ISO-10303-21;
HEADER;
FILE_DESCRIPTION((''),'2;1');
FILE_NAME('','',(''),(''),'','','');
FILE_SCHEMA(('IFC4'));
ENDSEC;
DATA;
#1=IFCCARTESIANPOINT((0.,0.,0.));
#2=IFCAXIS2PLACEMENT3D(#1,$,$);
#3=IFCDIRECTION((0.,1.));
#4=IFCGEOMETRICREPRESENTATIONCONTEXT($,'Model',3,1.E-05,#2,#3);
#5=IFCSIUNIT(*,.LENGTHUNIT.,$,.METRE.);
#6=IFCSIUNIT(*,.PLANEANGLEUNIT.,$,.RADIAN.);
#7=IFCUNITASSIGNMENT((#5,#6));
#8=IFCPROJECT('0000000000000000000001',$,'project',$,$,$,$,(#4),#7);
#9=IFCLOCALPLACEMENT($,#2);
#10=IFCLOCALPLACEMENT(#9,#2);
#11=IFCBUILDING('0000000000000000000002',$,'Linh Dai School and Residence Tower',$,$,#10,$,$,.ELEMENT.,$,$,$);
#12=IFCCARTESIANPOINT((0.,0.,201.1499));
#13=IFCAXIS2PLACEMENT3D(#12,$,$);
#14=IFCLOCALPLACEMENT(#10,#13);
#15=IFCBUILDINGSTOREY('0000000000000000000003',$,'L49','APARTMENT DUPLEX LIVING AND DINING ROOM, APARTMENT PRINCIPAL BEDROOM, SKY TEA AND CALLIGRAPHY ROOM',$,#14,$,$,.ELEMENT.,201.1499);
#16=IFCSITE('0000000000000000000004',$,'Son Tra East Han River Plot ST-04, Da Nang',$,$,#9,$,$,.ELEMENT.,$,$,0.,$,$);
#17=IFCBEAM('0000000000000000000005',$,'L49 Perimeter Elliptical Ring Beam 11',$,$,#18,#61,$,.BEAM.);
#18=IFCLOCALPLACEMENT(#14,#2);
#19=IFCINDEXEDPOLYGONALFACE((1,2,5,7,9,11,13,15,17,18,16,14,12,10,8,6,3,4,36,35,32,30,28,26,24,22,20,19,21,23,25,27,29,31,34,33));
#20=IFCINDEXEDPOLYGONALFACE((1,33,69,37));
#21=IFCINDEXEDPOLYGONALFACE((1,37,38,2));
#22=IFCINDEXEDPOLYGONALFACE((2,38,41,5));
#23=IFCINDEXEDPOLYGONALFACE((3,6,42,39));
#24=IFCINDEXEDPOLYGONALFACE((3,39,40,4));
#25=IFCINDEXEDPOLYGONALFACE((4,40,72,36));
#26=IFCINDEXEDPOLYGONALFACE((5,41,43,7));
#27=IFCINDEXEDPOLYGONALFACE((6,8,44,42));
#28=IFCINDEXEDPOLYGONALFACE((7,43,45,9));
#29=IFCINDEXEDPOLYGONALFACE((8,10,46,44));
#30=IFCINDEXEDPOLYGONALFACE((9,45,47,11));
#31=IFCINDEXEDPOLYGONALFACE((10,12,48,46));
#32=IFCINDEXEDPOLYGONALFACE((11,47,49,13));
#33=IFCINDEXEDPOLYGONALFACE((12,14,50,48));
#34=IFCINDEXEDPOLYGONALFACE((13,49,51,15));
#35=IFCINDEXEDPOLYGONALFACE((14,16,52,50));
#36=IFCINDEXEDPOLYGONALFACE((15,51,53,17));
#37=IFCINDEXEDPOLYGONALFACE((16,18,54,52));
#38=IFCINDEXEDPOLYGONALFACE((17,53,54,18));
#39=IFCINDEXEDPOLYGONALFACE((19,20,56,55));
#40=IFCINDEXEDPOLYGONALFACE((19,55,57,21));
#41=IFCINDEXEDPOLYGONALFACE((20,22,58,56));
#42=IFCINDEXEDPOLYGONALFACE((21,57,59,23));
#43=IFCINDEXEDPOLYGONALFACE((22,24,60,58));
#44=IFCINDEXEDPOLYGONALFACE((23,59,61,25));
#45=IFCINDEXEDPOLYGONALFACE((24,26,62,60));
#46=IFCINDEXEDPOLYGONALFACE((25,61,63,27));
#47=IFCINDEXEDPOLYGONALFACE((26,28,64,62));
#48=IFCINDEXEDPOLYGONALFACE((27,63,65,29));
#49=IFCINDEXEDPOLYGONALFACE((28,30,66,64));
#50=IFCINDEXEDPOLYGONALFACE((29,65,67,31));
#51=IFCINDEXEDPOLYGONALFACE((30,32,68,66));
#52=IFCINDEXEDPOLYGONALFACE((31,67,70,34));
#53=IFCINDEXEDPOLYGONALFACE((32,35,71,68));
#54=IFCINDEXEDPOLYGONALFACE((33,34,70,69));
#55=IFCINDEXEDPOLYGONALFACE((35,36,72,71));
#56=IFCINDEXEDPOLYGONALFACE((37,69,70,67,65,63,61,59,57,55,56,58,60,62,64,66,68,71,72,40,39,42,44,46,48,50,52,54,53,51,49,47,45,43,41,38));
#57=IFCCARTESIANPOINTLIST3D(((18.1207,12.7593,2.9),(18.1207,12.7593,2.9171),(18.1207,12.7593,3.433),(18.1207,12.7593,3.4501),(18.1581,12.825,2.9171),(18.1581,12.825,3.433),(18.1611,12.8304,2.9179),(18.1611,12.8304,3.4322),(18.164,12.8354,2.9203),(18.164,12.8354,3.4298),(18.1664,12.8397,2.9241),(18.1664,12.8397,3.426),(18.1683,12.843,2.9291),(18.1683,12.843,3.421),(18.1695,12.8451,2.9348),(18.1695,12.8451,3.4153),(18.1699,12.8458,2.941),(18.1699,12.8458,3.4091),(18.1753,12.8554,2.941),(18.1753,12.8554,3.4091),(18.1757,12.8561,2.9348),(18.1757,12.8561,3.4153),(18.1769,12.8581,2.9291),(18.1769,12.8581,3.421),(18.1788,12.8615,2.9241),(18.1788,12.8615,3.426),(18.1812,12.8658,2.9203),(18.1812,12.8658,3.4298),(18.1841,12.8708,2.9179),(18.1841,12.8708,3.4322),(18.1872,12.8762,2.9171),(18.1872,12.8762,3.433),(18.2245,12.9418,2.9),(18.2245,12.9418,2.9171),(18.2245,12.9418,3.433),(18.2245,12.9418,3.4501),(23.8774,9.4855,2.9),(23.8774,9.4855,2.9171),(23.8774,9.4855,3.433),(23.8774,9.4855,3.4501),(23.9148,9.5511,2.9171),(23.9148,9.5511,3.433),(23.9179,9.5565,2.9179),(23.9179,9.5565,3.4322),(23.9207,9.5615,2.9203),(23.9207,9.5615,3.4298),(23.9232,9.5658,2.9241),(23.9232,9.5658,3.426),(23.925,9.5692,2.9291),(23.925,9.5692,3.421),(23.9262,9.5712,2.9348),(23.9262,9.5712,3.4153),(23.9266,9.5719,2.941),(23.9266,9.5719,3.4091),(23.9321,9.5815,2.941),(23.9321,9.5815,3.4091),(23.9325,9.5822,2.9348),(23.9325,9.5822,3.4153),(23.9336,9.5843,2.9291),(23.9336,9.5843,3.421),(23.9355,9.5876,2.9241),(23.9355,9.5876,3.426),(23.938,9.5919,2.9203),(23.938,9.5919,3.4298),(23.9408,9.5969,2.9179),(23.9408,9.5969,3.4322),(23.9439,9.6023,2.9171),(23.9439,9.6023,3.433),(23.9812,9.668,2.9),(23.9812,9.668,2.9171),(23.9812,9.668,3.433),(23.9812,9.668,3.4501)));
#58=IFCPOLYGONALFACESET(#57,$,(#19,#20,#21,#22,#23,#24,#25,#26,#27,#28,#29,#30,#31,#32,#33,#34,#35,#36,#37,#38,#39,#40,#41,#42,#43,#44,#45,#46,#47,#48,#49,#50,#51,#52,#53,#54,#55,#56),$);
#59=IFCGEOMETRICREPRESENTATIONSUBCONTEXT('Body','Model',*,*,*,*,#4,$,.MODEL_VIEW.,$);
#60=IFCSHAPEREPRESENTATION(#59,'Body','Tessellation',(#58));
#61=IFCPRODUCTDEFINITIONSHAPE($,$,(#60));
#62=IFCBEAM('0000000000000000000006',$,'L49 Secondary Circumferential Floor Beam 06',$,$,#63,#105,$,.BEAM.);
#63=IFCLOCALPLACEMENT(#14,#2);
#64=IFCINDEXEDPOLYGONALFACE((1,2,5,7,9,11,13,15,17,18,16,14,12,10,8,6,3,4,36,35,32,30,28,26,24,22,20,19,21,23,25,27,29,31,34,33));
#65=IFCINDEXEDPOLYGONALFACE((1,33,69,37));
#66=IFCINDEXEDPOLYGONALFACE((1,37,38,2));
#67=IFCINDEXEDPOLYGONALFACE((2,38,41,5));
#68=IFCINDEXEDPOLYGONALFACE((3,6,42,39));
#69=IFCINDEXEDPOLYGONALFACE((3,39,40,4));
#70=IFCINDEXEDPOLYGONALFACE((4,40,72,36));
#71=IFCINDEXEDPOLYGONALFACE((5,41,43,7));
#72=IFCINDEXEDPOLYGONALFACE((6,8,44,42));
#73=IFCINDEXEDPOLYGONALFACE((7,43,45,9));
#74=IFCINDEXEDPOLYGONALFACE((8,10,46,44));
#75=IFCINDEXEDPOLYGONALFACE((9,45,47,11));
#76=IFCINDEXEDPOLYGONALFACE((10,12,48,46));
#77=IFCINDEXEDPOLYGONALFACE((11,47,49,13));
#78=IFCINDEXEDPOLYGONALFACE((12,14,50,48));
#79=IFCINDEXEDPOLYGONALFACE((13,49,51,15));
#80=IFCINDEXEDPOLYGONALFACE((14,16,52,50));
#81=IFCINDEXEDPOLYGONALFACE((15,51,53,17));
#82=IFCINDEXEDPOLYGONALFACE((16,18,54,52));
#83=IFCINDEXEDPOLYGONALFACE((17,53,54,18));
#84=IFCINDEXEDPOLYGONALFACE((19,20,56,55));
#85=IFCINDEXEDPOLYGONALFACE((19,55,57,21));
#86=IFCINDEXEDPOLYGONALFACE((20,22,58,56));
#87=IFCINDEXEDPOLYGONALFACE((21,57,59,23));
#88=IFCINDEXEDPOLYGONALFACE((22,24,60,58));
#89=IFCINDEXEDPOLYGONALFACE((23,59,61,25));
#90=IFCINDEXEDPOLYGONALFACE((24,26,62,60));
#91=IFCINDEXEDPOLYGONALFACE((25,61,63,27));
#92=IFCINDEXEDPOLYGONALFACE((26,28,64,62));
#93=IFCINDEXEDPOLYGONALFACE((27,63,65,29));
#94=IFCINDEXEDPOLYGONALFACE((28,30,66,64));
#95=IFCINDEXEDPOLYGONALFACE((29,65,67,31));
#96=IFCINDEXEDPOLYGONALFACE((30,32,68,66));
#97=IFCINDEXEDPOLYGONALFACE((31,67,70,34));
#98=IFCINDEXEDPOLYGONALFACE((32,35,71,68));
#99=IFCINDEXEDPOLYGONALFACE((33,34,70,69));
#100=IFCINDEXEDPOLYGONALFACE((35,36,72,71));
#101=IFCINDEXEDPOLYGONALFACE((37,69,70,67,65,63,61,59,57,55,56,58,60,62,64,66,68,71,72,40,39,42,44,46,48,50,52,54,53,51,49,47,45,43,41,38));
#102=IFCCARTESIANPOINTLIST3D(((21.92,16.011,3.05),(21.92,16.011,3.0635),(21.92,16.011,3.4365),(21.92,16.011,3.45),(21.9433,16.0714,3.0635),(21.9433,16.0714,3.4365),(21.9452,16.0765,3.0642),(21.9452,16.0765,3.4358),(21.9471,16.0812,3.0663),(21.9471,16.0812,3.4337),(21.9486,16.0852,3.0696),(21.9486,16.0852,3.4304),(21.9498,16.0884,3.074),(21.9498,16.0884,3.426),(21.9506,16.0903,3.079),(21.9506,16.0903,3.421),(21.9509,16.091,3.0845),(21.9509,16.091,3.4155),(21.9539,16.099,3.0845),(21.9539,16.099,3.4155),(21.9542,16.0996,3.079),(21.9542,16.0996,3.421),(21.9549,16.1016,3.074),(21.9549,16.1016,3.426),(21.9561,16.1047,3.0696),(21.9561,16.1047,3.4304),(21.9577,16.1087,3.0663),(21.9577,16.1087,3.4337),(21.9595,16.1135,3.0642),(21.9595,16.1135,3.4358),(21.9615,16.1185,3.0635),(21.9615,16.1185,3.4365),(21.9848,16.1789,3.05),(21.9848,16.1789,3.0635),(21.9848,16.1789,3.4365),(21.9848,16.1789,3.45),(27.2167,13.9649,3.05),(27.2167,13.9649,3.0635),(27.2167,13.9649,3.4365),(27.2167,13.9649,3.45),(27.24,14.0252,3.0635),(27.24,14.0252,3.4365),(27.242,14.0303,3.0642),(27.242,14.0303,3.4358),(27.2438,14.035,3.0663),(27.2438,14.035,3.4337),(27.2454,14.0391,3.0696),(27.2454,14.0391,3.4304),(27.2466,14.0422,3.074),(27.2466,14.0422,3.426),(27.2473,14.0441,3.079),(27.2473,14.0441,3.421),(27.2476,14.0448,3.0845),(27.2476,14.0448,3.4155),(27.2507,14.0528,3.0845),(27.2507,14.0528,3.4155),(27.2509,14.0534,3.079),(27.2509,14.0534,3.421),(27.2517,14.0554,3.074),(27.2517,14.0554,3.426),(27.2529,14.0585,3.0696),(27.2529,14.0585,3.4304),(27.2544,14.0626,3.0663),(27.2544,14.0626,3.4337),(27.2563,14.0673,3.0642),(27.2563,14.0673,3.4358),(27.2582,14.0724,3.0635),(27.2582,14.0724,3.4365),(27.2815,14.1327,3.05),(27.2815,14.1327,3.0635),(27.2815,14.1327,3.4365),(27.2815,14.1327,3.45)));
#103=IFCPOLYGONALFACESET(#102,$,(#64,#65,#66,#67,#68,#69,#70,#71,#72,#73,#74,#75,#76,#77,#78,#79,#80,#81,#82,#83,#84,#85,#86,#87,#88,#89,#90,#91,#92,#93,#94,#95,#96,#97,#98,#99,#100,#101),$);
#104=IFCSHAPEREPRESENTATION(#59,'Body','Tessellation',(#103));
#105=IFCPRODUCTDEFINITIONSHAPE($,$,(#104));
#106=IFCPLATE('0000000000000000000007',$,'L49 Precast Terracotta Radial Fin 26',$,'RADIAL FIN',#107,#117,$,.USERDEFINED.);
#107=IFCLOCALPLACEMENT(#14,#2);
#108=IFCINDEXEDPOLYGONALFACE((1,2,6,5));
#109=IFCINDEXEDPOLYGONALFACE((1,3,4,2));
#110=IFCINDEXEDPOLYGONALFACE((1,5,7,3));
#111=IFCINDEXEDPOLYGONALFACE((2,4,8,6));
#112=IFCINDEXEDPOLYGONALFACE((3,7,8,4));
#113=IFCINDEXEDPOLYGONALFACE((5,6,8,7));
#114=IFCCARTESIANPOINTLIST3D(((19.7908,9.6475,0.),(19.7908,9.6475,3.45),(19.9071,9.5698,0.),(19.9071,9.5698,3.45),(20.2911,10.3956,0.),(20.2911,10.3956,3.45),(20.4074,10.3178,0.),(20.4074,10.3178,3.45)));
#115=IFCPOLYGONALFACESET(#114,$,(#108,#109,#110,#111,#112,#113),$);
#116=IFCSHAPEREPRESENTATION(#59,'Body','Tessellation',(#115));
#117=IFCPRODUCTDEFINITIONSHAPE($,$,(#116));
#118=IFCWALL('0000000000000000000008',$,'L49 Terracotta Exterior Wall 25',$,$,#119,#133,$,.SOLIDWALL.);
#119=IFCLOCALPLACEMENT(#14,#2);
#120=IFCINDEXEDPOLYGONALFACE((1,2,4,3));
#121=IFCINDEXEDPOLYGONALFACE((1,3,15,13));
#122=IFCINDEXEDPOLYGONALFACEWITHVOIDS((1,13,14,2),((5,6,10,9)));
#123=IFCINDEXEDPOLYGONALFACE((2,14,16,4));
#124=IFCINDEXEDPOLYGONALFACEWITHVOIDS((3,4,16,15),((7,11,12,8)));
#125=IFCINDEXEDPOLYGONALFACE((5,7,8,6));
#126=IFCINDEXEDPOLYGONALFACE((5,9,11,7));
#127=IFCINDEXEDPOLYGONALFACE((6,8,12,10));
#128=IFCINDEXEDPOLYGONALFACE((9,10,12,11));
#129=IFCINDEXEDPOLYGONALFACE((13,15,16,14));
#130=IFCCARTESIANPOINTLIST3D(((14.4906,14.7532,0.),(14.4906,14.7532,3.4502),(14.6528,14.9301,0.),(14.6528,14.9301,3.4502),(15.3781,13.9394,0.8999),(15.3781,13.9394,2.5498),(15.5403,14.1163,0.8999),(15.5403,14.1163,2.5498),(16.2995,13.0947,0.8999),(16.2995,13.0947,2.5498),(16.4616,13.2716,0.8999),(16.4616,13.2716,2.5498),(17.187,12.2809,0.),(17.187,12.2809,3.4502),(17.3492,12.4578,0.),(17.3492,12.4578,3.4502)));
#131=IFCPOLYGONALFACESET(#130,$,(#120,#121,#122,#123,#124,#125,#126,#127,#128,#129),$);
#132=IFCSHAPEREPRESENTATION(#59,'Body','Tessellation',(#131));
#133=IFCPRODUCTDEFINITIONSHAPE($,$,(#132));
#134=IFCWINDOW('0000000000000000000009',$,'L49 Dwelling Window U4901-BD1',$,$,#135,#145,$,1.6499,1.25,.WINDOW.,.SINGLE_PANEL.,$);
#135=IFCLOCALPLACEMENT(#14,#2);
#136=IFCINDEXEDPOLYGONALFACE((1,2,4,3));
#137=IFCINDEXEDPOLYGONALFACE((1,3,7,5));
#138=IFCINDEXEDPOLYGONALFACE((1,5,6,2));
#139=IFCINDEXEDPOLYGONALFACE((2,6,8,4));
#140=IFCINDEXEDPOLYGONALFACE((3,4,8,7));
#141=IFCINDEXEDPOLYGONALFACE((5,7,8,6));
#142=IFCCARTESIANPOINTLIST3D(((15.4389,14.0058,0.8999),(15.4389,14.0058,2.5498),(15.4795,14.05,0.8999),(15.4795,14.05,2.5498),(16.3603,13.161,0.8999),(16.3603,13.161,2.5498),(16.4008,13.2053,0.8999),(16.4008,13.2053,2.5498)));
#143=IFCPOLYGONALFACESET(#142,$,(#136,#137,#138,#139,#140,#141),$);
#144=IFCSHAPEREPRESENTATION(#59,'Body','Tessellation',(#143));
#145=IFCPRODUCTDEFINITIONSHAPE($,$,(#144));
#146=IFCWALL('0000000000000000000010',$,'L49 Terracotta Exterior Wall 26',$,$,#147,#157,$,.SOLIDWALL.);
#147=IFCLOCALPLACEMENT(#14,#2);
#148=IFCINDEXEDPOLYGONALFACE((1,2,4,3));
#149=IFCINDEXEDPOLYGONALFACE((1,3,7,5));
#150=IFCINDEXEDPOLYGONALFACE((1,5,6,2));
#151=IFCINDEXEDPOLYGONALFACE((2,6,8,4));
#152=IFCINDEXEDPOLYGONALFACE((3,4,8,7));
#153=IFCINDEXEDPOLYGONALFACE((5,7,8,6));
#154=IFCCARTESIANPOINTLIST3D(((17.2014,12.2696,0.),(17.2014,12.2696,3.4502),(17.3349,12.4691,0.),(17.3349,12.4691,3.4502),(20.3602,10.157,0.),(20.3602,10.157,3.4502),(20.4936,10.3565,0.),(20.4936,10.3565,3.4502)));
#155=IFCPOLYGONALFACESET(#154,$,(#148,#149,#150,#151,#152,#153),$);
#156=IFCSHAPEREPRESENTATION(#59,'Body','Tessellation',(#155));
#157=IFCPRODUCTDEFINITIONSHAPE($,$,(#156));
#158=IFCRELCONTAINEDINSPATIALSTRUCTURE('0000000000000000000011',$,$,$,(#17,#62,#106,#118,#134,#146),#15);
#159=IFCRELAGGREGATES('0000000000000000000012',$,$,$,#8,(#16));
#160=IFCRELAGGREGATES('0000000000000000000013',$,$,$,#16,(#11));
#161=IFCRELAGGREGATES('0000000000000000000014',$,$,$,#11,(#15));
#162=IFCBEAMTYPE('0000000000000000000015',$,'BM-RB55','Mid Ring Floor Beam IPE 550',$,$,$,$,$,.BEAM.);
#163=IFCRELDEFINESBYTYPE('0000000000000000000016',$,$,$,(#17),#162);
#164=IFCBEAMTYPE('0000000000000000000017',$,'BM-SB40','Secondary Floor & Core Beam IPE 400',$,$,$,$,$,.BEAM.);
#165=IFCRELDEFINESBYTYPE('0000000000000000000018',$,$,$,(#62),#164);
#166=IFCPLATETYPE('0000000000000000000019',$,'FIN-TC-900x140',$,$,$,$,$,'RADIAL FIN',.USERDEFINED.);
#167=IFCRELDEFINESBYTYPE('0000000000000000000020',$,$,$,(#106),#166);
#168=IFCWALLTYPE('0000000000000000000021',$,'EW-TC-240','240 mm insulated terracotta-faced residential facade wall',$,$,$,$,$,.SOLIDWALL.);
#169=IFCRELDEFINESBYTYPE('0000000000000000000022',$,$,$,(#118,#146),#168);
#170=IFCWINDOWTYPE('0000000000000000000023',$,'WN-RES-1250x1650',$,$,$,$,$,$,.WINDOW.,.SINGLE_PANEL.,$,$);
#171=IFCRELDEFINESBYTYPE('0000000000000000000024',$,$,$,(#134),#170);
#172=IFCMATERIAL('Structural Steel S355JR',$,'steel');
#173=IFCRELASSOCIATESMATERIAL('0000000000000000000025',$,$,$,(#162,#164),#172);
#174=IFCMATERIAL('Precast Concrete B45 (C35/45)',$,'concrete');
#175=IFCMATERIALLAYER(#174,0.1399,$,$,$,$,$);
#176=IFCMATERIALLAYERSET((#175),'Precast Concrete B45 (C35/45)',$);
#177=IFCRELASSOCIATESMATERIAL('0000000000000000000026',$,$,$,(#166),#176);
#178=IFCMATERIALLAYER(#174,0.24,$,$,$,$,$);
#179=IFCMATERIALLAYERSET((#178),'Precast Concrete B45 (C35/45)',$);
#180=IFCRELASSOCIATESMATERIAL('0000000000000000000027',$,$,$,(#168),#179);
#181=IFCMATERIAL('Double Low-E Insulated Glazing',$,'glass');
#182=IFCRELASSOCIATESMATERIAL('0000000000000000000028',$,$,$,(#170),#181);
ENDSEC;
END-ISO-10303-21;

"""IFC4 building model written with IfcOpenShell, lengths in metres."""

from ifc_helpers import new_model, si_unit, direction, frame, frame_2d, origin, origin_2d, place, context, subcontext, project, spatial, rectangle, i_section, extrude, source, transform, mapped, material, layer, layer_set, material_profile, profile_set, type_object, element, fill, save


model = new_model("IFC4")

# Units and contexts
model_context = context("Model", 3, precision=1e-05, world=origin(), true_north=direction((0.0, 1.0)))
body_context = subcontext(model_context, "Body", "Model", "MODEL_VIEW")
ifc_project = project(units=[si_unit("LENGTHUNIT", "METRE"), si_unit("PLANEANGLEUNIT", "RADIAN")], contexts=[model_context])

# Site, building, storey
site_placement = place(None, origin())
site = spatial("IfcSite", under=ifc_project, at=site_placement, Name="Son Tra East Han River Plot ST-04, Da Nang", CompositionType="ELEMENT", RefElevation=0.0)
building_placement = place(site_placement, origin())
building = spatial("IfcBuilding", under=site, at=building_placement, Name="Linh Dai School and Residence Tower", CompositionType="ELEMENT")
storey_placement = place(building_placement, frame((0.0, 0.0, 201.1499)))
storey = spatial("IfcBuildingStorey", under=building, at=storey_placement, Name="L49", Description="APARTMENT DUPLEX LIVING AND DINING ROOM, APARTMENT PRINCIPAL BEDROOM, SKY TEA AND CALLIGRAPHY ROOM", CompositionType="ELEMENT", Elevation=201.1499)

# Shared definitions
ifc_material_1 = material(Name="Structural Steel S355JR", Category="steel")

# Beams
ifc_material_profile_1 = material_profile(ifc_material_1, i_section(OverallWidth=0.21, OverallDepth=0.55, WebThickness=0.011, FlangeThickness=0.0171, FilletRadius=0.0239, at=origin_2d()), Name="IPE 550")
ifc_profile_set_1 = profile_set([ifc_material_profile_1], Name="Structural Steel S355JR")
beam_type_1 = type_object("IfcBeamType", Name="BM-RB55", Description="Mid Ring Floor Beam IPE 550", PredefinedType="BEAM", material=ifc_profile_set_1)
beam_1_placement = place(storey_placement, frame((18.1726, 12.8506, 3.175), z_axis=(0.869262, -0.494351, 0.0), x_axis=(0.494351, 0.869262, 0.0)))
element("IfcBeam", 1, at=beam_1_placement, inside=storey, type_object=beam_type_1, Name="L49 Perimeter Elliptical Ring Beam 11", PredefinedType="BEAM", context=body_context, shape_type="SweptSolid", body=[
    extrude(i_section(OverallWidth=0.21, OverallDepth=0.55, WebThickness=0.011, FlangeThickness=0.0171, FilletRadius=0.0239, at=origin_2d()), origin(), (0.0, 0.0, 1.0), 6.6226),
])
ifc_material_profile_2 = material_profile(ifc_material_1, i_section(OverallWidth=0.1799, OverallDepth=0.3999, WebThickness=0.0085, FlangeThickness=0.0134, FilletRadius=0.021, at=origin_2d()), Name="IPE 400")
ifc_profile_set_2 = profile_set([ifc_material_profile_2], Name="Structural Steel S355JR")
beam_type_2 = type_object("IfcBeamType", Name="BM-SB40", Description="Secondary Floor & Core Beam IPE 400", PredefinedType="BEAM", material=ifc_profile_set_2)
beam_2_placement = place(storey_placement, frame((21.9524, 16.095, 3.25), z_axis=(0.932815, -0.360356, 0.0), x_axis=(0.360356, 0.932815, 0.0)))
element("IfcBeam", 2, at=beam_2_placement, inside=storey, type_object=beam_type_2, Name="L49 Secondary Circumferential Floor Beam 06", PredefinedType="BEAM", context=body_context, shape_type="SweptSolid", body=[
    extrude(i_section(OverallWidth=0.1799, OverallDepth=0.3999, WebThickness=0.0085, FlangeThickness=0.0134, FilletRadius=0.021, at=origin_2d()), origin(), (0.0, 0.0, 1.0), 5.6782),
])

# Plate
ifc_material_2 = material(Name="Precast Concrete B45 (C35/45)", Category="concrete")
ifc_layer_1 = layer(ifc_material_2, 0.1399)
ifc_layer_set_1 = layer_set([ifc_layer_1], Name="Precast Concrete B45 (C35/45)")
plate_type = type_object("IfcPlateType", Name="FIN-TC-900x140", ElementType="RADIAL FIN", PredefinedType="USERDEFINED", material=ifc_layer_set_1)
shared_shape_1 = source(origin(), body_context, "Body", "SweptSolid", [
    extrude(rectangle(XDim=0.8999, YDim=0.1399, at=origin_2d()), origin(), (0.0, 0.0, 1.0), 3.45),
])
plate_placement = place(storey_placement, frame((20.0991, 9.9827, 0.0), z_axis=(0.0, 0.0, 1.0), x_axis=(-0.555931, -0.831228, 0.0)))
element("IfcPlate", 3, at=plate_placement, inside=storey, type_object=plate_type, Name="L49 Precast Terracotta Radial Fin 26", ObjectType="RADIAL FIN", PredefinedType="USERDEFINED", context=body_context, shape_type="MappedRepresentation", body=[
    mapped(shared_shape_1, transform((0.0, 0.0, 0.0), x_axis=(1.0, 0.0, 0.0), y_axis=(0.0, 1.0, 0.0), z_axis=(0.0, 0.0, 1.0), scale=1.0)),
])

# Wall, opening, window
ifc_layer_2 = layer(ifc_material_2, 0.24)
ifc_layer_set_2 = layer_set([ifc_layer_2], Name="Precast Concrete B45 (C35/45)")
wall_type_1 = type_object("IfcWallType", Name="EW-TC-240", Description="240 mm insulated terracotta-faced residential facade wall", PredefinedType="SOLIDWALL", material=ifc_layer_set_2)
wall_1_placement = place(storey_placement, frame((17.2681, 12.3694, 0.0), z_axis=(0.0, 0.0, 1.0), x_axis=(-0.737077, 0.675809, 0.0)))
wall_1 = element("IfcWall", 4, at=wall_1_placement, inside=storey, type_object=wall_type_1, Name="L49 Terracotta Exterior Wall 25", PredefinedType="SOLIDWALL", context=body_context, shape_type="SweptSolid", body=[
    extrude(rectangle(XDim=3.6582, YDim=0.24, at=frame_2d((1.8291, 0.0))), origin(), (0.0, 0.0, 1.0), 3.4502),
])
opening_1_placement = place(wall_1_placement, frame((1.2041, 0.0, 0.8999)))
opening_1 = element("IfcOpeningElement", 5, at=opening_1_placement, cuts=wall_1, PredefinedType="OPENING", context=body_context, shape_type="SweptSolid", body=[
    extrude(rectangle(XDim=1.25, YDim=1.6499, at=origin_2d()), frame((0.625, 0.1299, 0.825), z_axis=(0.0, -1.0, 0.0), x_axis=(1.0, 0.0, 0.0)), (0.0, 0.0, 1.0), 0.26),
])
ifc_material_3 = material(Name="Double Low-E Insulated Glazing", Category="glass")
window_type_1 = type_object("IfcWindowType", Name="WN-RES-1250x1650", PartitioningType="SINGLE_PANEL", PredefinedType="WINDOW", material=ifc_material_3)
shared_shape_2 = source(origin(), body_context, "Body", "SweptSolid", [
    extrude(rectangle(XDim=1.25, YDim=1.6499, at=origin_2d()), frame((0.625, 0.03, 0.825), z_axis=(0.0, -1.0, 0.0), x_axis=(1.0, 0.0, 0.0)), (0.0, 0.0, 1.0), 0.0601),
])
window_1_placement = place(opening_1_placement, origin())
window_1 = element("IfcWindow", 6, at=window_1_placement, inside=storey, type_object=window_type_1, Name="L49 Dwelling Window U4901-BD1", OverallHeight=1.6499, OverallWidth=1.25, PartitioningType="SINGLE_PANEL", PredefinedType="WINDOW", context=body_context, shape_type="MappedRepresentation", body=[
    mapped(shared_shape_2, transform((0.0, 0.0, 0.0), x_axis=(1.0, 0.0, 0.0), y_axis=(0.0, 1.0, 0.0), z_axis=(0.0, 0.0, 1.0), scale=1.0)),
])
fill(opening_1, window_1)

# Wall
wall_2_placement = place(storey_placement, frame((20.4268, 10.2568, 0.0), z_axis=(0.0, 0.0, 1.0), x_axis=(-0.831229, 0.55593, 0.0)))
element("IfcWall", 7, at=wall_2_placement, inside=storey, type_object=wall_type_1, Name="L49 Terracotta Exterior Wall 26", PredefinedType="SOLIDWALL", context=body_context, shape_type="SweptSolid", body=[
    extrude(rectangle(XDim=3.8, YDim=0.24, at=frame_2d((1.8999, 0.0))), origin(), (0.0, 0.0, 1.0), 3.4502),
])

save(model, "model.ifc")
